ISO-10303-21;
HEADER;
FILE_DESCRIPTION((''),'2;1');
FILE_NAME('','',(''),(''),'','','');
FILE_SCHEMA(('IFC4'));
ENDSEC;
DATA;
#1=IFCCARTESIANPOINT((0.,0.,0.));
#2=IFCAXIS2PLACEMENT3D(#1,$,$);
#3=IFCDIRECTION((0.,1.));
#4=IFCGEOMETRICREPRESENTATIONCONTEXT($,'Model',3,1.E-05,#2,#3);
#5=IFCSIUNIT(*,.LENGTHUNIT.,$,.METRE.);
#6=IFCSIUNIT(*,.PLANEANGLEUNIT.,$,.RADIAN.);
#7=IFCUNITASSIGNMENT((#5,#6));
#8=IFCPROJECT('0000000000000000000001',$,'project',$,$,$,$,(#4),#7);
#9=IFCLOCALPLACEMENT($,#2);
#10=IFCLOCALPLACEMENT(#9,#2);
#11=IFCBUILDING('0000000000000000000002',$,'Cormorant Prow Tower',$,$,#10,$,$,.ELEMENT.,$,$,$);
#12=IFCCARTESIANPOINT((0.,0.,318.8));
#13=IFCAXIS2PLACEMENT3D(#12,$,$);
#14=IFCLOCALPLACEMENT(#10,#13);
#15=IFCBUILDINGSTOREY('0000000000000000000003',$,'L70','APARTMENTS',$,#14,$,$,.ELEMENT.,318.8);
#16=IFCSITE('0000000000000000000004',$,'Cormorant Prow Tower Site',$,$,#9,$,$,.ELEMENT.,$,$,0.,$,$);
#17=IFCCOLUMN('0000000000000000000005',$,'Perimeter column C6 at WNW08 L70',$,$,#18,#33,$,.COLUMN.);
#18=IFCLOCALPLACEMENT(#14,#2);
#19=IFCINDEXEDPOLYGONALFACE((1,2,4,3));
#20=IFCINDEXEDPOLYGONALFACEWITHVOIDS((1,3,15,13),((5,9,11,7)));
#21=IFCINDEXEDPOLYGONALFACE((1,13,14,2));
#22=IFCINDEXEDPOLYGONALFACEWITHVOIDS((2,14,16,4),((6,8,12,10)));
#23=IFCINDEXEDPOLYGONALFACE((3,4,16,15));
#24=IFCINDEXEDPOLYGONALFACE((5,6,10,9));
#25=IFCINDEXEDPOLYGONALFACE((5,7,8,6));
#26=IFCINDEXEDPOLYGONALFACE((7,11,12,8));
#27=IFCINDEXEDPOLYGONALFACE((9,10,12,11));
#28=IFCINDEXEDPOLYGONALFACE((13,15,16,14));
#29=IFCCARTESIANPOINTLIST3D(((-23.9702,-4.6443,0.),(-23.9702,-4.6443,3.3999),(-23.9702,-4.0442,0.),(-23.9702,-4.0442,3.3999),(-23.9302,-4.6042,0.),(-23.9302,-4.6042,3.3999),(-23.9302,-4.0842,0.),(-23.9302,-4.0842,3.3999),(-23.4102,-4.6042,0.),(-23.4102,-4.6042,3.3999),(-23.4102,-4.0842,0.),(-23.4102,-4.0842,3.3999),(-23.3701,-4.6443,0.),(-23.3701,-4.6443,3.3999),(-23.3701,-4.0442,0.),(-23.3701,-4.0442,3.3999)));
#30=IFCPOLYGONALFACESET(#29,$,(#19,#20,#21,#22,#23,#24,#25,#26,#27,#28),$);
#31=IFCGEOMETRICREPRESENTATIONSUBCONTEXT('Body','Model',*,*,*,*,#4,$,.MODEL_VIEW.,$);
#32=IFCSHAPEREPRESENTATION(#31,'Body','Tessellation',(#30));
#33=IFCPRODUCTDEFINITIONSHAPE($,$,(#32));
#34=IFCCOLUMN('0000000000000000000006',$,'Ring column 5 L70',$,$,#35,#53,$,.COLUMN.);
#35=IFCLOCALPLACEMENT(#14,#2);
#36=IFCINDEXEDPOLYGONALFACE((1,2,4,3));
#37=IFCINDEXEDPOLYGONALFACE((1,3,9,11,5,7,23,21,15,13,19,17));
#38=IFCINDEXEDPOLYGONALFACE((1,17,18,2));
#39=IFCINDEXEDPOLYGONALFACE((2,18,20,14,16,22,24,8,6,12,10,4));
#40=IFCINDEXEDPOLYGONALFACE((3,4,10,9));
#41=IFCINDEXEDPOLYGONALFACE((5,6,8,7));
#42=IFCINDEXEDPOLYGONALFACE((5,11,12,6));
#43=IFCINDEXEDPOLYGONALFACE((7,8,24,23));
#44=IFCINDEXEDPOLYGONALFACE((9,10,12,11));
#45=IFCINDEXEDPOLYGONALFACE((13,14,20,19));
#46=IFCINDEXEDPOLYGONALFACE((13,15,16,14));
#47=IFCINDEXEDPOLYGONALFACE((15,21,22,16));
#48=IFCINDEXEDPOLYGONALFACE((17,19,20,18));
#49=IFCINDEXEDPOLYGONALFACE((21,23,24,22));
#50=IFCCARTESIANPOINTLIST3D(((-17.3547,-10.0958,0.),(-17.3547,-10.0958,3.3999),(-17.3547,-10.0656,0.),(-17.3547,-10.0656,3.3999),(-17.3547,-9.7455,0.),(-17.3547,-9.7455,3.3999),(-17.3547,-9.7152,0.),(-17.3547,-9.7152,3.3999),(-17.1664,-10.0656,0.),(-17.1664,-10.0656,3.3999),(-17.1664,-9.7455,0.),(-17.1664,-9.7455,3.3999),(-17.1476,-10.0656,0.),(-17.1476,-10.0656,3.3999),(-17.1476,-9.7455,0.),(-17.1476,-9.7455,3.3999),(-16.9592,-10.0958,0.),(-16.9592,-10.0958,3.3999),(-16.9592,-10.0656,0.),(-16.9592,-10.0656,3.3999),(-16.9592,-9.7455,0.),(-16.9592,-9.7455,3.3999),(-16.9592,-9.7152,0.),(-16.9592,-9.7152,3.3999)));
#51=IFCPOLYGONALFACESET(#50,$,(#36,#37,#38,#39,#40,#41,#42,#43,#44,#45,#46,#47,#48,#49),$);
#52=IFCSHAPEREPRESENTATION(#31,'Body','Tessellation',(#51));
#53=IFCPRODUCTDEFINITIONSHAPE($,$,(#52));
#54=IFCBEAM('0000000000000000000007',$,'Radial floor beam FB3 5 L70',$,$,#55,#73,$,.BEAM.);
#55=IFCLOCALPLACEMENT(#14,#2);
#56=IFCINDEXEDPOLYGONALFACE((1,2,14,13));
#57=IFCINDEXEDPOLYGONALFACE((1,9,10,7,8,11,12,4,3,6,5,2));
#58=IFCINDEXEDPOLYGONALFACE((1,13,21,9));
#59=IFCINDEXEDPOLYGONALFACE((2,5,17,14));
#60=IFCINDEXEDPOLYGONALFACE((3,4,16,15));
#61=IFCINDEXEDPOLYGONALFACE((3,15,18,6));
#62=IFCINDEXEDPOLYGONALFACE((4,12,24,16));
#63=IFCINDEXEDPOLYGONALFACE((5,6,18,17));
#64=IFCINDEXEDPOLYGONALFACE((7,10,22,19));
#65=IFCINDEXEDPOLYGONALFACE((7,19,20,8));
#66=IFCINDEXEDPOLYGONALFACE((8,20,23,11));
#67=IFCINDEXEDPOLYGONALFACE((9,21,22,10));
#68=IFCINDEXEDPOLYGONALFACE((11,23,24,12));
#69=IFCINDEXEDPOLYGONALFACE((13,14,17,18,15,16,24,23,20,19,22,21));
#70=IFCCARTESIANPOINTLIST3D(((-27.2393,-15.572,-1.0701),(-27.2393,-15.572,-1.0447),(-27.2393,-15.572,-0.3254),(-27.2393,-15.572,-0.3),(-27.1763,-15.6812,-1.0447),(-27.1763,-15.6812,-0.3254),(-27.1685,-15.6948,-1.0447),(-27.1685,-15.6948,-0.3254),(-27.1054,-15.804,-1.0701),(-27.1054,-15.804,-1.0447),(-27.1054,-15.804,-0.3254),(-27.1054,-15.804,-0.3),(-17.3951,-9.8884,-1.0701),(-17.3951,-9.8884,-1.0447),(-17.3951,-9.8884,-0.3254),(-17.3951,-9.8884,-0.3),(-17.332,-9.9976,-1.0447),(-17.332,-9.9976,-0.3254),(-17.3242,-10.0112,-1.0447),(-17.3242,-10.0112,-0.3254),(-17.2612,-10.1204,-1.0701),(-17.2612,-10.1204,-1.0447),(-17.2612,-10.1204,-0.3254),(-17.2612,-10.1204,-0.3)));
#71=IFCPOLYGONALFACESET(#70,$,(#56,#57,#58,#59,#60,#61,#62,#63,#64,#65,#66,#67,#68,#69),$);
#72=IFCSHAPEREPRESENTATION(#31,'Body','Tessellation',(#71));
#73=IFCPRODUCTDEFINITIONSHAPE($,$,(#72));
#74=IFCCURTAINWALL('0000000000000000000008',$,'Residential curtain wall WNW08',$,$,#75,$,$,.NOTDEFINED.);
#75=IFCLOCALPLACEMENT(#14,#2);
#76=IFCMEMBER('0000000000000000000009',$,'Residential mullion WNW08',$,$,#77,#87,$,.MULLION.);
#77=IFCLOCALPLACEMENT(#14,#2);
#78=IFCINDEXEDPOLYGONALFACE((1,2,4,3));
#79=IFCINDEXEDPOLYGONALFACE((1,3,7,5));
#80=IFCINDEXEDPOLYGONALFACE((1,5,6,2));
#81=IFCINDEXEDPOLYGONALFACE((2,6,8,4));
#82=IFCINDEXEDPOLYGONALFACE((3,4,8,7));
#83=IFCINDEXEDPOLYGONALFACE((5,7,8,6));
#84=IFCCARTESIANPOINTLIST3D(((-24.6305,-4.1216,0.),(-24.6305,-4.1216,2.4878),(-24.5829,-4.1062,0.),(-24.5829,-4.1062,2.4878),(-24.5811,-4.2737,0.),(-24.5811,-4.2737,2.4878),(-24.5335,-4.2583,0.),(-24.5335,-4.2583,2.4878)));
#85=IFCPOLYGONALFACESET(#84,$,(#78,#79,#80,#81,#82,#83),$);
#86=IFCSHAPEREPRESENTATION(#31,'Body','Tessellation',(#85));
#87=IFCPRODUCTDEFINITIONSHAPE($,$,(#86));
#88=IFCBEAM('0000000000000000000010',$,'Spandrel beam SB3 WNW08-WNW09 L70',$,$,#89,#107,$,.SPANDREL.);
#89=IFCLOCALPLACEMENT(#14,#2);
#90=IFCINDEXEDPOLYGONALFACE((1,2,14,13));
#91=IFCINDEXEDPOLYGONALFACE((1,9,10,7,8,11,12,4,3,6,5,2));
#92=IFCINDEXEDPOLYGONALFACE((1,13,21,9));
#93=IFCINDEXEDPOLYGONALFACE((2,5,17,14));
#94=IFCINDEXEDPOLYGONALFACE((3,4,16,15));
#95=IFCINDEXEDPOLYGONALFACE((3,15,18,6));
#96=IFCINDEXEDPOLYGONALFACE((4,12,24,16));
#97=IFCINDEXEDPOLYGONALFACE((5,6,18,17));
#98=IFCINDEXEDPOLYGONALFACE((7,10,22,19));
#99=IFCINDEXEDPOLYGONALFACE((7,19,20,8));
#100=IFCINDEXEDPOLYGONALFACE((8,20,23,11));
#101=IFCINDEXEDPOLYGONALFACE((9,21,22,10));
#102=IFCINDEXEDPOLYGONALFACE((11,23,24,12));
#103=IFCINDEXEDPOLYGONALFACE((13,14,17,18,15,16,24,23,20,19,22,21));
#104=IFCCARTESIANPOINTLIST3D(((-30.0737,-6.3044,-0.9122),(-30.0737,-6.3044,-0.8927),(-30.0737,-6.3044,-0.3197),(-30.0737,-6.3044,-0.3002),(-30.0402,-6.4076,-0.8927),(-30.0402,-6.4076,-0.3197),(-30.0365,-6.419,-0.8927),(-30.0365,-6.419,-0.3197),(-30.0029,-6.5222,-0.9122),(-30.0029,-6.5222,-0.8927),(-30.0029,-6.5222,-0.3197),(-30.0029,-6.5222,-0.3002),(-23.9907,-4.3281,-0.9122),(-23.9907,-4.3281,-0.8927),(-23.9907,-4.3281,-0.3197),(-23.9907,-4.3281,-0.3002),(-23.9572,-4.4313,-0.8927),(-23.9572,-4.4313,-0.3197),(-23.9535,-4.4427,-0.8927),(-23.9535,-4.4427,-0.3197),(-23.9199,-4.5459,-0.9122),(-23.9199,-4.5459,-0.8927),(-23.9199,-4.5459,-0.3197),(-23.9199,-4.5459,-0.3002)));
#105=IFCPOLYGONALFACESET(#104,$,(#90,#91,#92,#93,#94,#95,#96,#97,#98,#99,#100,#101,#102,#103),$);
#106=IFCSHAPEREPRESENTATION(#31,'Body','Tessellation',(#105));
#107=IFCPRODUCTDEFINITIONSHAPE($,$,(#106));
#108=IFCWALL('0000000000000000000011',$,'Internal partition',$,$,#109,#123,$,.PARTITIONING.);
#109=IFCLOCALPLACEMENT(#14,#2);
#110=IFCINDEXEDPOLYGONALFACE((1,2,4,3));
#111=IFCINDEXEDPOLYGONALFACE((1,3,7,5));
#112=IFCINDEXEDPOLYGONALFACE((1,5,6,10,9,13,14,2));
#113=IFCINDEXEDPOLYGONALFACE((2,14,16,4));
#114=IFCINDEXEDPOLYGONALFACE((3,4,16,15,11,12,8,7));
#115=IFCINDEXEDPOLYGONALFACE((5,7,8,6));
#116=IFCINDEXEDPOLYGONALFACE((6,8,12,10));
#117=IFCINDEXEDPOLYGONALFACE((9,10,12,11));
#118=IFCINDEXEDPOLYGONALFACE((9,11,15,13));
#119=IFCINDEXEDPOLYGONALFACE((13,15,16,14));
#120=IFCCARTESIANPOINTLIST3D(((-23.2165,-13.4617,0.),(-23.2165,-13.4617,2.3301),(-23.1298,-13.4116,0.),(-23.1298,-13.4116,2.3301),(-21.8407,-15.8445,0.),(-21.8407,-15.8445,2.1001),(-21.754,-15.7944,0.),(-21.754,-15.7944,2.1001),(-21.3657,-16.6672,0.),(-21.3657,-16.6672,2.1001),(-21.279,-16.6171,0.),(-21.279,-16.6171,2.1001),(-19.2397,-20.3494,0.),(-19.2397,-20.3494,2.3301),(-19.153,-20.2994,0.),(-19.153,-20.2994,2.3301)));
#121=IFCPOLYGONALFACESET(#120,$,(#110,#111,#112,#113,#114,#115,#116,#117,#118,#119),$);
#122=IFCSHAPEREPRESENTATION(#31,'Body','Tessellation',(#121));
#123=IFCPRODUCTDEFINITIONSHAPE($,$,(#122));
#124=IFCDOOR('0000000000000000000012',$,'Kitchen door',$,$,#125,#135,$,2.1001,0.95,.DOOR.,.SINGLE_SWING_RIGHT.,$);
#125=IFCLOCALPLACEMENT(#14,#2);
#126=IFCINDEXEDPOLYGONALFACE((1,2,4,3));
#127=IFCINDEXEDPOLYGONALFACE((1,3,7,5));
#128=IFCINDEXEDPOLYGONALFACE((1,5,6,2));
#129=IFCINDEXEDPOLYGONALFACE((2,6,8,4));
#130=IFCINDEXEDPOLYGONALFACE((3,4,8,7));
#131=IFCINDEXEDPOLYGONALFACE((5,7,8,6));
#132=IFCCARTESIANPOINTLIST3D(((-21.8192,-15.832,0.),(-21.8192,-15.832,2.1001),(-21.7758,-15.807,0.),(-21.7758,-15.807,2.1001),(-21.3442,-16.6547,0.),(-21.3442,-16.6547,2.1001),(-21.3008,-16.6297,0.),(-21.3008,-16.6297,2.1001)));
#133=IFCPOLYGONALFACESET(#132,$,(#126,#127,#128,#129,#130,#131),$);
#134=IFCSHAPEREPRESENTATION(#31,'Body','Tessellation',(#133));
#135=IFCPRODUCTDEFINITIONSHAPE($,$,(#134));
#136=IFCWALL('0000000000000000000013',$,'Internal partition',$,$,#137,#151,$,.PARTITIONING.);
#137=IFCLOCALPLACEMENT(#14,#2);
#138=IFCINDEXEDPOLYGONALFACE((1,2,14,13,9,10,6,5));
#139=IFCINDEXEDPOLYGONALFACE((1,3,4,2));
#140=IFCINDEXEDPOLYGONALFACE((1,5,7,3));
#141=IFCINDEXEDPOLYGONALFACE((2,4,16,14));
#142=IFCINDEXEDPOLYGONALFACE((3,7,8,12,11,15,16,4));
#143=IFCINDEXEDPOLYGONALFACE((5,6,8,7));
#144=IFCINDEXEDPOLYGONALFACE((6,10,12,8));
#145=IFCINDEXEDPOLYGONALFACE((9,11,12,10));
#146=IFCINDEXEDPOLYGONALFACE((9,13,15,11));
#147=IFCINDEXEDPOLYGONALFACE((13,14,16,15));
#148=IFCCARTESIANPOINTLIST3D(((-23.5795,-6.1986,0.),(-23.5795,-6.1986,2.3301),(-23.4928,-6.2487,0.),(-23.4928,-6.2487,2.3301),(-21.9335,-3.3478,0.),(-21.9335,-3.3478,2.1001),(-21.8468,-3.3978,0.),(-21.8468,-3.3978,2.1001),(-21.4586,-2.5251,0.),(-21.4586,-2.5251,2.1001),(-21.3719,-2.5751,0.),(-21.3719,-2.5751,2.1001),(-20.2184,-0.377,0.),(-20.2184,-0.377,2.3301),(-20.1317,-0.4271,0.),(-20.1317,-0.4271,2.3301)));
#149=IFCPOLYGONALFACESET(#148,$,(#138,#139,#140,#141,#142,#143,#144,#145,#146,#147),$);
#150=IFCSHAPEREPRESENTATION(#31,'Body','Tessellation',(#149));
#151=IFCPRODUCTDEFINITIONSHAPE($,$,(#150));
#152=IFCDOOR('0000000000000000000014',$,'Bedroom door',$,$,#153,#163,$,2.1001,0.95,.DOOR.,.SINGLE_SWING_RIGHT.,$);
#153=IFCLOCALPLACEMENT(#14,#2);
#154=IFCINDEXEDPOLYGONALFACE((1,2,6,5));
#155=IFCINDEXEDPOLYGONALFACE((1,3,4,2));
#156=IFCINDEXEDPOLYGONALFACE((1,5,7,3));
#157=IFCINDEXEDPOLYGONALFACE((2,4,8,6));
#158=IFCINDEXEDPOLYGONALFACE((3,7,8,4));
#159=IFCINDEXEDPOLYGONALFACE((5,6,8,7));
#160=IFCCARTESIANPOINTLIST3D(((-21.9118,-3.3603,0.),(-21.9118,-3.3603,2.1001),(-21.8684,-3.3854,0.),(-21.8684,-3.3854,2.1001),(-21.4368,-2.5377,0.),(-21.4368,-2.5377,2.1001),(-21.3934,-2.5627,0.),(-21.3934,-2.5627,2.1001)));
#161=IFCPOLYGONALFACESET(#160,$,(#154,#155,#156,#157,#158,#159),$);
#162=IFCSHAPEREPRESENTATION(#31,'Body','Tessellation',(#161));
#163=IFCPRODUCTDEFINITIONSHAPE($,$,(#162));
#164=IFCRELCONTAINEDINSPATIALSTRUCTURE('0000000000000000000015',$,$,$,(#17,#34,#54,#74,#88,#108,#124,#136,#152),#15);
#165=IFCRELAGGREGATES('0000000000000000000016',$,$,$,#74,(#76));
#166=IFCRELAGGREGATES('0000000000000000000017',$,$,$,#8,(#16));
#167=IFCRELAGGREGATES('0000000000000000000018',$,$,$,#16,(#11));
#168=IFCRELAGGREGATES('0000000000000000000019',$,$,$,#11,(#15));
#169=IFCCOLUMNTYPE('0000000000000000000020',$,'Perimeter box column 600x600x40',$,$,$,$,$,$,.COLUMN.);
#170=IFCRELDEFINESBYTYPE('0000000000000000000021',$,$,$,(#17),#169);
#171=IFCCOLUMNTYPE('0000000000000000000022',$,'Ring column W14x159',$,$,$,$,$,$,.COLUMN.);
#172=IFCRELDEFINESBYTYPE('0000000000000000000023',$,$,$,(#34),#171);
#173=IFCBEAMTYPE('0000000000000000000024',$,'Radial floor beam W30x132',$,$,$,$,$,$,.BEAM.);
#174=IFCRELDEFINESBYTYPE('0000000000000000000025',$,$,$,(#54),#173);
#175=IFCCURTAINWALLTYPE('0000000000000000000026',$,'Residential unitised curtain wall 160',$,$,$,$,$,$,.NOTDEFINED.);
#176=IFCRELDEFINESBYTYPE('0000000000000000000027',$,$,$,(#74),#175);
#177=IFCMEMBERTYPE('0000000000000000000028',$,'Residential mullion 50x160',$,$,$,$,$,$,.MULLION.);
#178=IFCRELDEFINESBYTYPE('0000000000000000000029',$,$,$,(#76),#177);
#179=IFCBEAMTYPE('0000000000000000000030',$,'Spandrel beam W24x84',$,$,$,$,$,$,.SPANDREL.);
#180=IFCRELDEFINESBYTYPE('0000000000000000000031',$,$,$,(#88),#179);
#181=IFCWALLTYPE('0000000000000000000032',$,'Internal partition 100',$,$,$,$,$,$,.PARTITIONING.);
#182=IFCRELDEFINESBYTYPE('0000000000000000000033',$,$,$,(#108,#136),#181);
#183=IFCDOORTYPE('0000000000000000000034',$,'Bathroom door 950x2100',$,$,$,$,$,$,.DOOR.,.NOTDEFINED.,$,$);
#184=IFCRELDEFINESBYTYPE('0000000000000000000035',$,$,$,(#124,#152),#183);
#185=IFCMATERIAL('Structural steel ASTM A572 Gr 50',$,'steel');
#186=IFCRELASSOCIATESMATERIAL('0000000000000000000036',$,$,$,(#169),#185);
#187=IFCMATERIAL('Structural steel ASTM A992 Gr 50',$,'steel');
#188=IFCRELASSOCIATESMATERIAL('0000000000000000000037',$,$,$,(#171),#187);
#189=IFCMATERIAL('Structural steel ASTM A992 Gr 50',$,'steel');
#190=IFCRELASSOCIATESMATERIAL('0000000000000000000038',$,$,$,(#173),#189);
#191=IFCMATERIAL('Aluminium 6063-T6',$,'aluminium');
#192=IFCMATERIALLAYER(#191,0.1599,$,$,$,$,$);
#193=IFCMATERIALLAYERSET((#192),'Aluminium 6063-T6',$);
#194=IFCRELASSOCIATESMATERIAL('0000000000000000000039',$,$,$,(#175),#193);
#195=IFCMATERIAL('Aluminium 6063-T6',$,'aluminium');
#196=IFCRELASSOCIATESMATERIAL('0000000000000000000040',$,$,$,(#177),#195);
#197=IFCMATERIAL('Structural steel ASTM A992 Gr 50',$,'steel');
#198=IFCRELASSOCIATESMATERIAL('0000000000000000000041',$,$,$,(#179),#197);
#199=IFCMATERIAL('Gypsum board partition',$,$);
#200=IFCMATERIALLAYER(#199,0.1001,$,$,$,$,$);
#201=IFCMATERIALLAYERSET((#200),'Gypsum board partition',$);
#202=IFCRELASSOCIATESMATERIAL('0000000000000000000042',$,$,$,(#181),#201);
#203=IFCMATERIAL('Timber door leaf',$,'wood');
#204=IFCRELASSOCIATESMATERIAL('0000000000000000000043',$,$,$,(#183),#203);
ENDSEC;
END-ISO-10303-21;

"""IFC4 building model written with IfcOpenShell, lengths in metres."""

from ifc_helpers import new_model, si_unit, direction, frame, frame_2d, origin, origin_2d, place, context, subcontext, project, spatial, rectangle, hollow_rectangle, i_section, extrude, material, layer, layer_set, material_profile, profile_set, type_object, element, fill, aggregate, save


model = new_model("IFC4")

# Units and contexts
model_context = context("Model", 3, precision=1e-05, world=origin(), true_north=direction((0.0, 1.0)))
body_context = subcontext(model_context, "Body", "Model", "MODEL_VIEW")
ifc_project = project(units=[si_unit("LENGTHUNIT", "METRE"), si_unit("PLANEANGLEUNIT", "RADIAN")], contexts=[model_context])

# Site, building, storey
site_placement = place(None, origin())
site = spatial("IfcSite", under=ifc_project, at=site_placement, Name="Cormorant Prow Tower Site", CompositionType="ELEMENT", RefElevation=0.0)
building_placement = place(site_placement, origin())
building = spatial("IfcBuilding", under=site, at=building_placement, Name="Cormorant Prow Tower", CompositionType="ELEMENT")
storey_placement = place(building_placement, frame((0.0, 0.0, 318.8)))
storey = spatial("IfcBuildingStorey", under=building, at=storey_placement, Name="L70", Description="APARTMENTS", CompositionType="ELEMENT", Elevation=318.8)

# Columns
ifc_material_1 = material(Name="Structural steel ASTM A572 Gr 50", Category="steel")
ifc_material_profile_1 = material_profile(ifc_material_1, hollow_rectangle(XDim=0.6001, YDim=0.6001, WallThickness=0.04, at=origin_2d()), Name="Box 600x600x40")
ifc_profile_set_1 = profile_set([ifc_material_profile_1], Name="Structural steel ASTM A572 Gr 50")
column_type_1 = type_object("IfcColumnType", Name="Perimeter box column 600x600x40", PredefinedType="COLUMN", material=ifc_profile_set_1)
column_1_placement = place(storey_placement, frame((-23.6702, -4.3442, 0.0), z_axis=(0.0, 0.0, 1.0), x_axis=(1.0, 0.0, 0.0)))
element("IfcColumn", 1, at=column_1_placement, inside=storey, type_object=column_type_1, Name="Perimeter column C6 at WNW08 L70", PredefinedType="COLUMN", context=body_context, shape_type="SweptSolid", body=[
    extrude(hollow_rectangle(XDim=0.6001, YDim=0.6001, WallThickness=0.04, at=origin_2d()), origin(), (0.0, 0.0, 1.0), 3.3999),
])
ifc_material_2 = material(Name="Structural steel ASTM A992 Gr 50", Category="steel")
ifc_material_profile_2 = material_profile(ifc_material_2, i_section(OverallWidth=0.3955, OverallDepth=0.3806, WebThickness=0.0188, FlangeThickness=0.0303, at=origin_2d()), Name="W14x159")
ifc_profile_set_2 = profile_set([ifc_material_profile_2], Name="Structural steel ASTM A992 Gr 50")
column_type_2 = type_object("IfcColumnType", Name="Ring column W14x159", PredefinedType="COLUMN", material=ifc_profile_set_2)
column_2_placement = place(storey_placement, frame((-17.157, -9.9055, 0.0), z_axis=(0.0, 0.0, 1.0), x_axis=(1.0, 0.0, 0.0)))
element("IfcColumn", 2, at=column_2_placement, inside=storey, type_object=column_type_2, Name="Ring column 5 L70", PredefinedType="COLUMN", context=body_context, shape_type="SweptSolid", body=[
    extrude(i_section(OverallWidth=0.3955, OverallDepth=0.3806, WebThickness=0.0188, FlangeThickness=0.0303, at=origin_2d()), origin(), (0.0, 0.0, 1.0), 3.3999),
])

# Beam
ifc_material_3 = material(Name="Structural steel ASTM A992 Gr 50", Category="steel")
ifc_material_profile_3 = material_profile(ifc_material_3, i_section(OverallWidth=0.2678, OverallDepth=0.77, WebThickness=0.0156, FlangeThickness=0.0254, at=origin_2d()), Name="W30x132")
ifc_profile_set_3 = profile_set([ifc_material_profile_3], Name="Structural steel ASTM A992 Gr 50")
beam_type_1 = type_object("IfcBeamType", Name="Radial floor beam W30x132", PredefinedType="BEAM", material=ifc_profile_set_3)
beam_1_placement = place(storey_placement, frame((-17.3281, -10.0044, -0.6851), z_axis=(-0.866025, -0.500001, 0.0), x_axis=(0.500001, -0.866025, 0.0)))
element("IfcBeam", 3, at=beam_1_placement, inside=storey, type_object=beam_type_1, Name="Radial floor beam FB3 5 L70", PredefinedType="BEAM", context=body_context, shape_type="SweptSolid", body=[
    extrude(i_section(OverallWidth=0.2678, OverallDepth=0.77, WebThickness=0.0156, FlangeThickness=0.0254, at=origin_2d()), origin(), (0.0, 0.0, 1.0), 11.3672),
])

# Curtain wall, member
ifc_material_4 = material(Name="Aluminium 6063-T6", Category="aluminium")
ifc_layer_1 = layer(ifc_material_4, 0.1599)
ifc_layer_set_1 = layer_set([ifc_layer_1], Name="Aluminium 6063-T6")
curtain_wall_type = type_object("IfcCurtainWallType", Name="Residential unitised curtain wall 160", PredefinedType="NOTDEFINED", material=ifc_layer_set_1)
curtain_wall_placement = place(storey_placement, origin())
curtain_wall = element("IfcCurtainWall", 4, at=curtain_wall_placement, inside=storey, type_object=curtain_wall_type, Name="Residential curtain wall WNW08", PredefinedType="NOTDEFINED")
ifc_material_5 = material(Name="Aluminium 6063-T6", Category="aluminium")
ifc_material_profile_4 = material_profile(ifc_material_5, rectangle(XDim=0.1599, YDim=0.05, at=origin_2d()), Name="Residential mullion 50x160")
ifc_profile_set_4 = profile_set([ifc_material_profile_4], Name="Aluminium 6063-T6")
member_type = type_object("IfcMemberType", Name="Residential mullion 50x160", PredefinedType="MULLION", material=ifc_profile_set_4)
member_placement = place(storey_placement, frame((-24.582, -4.1899, 0.0), z_axis=(0.0, 0.0, 1.0), x_axis=(0.309017, -0.951057, 0.0)))
member = element("IfcMember", 5, at=member_placement, type_object=member_type, Name="Residential mullion WNW08", PredefinedType="MULLION", context=body_context, shape_type="SweptSolid", body=[
    extrude(rectangle(XDim=0.1599, YDim=0.05, at=origin_2d()), origin(), (0.0, 0.0, 1.0), 2.4878),
])
aggregate(curtain_wall, [member])

# Beam
ifc_material_6 = material(Name="Structural steel ASTM A992 Gr 50", Category="steel")
ifc_material_profile_5 = material_profile(ifc_material_6, i_section(OverallWidth=0.229, OverallDepth=0.6121, WebThickness=0.012, FlangeThickness=0.0195, at=origin_2d()), Name="W24x84")
ifc_profile_set_5 = profile_set([ifc_material_profile_5], Name="Structural steel ASTM A992 Gr 50")
beam_type_2 = type_object("IfcBeamType", Name="Spandrel beam W24x84", PredefinedType="SPANDREL", material=ifc_profile_set_5)
beam_2_placement = place(storey_placement, frame((-23.9553, -4.437, -0.6062), z_axis=(-0.951064, -0.308993, 0.0), x_axis=(0.308993, -0.951064, 0.0)))
element("IfcBeam", 6, at=beam_2_placement, inside=storey, type_object=beam_type_2, Name="Spandrel beam SB3 WNW08-WNW09 L70", PredefinedType="SPANDREL", context=body_context, shape_type="SweptSolid", body=[
    extrude(i_section(OverallWidth=0.229, OverallDepth=0.6121, WebThickness=0.012, FlangeThickness=0.0195, at=origin_2d()), origin(), (0.0, 0.0, 1.0), 6.396),
])

# Walls, openings, doors
ifc_material_7 = material(Name="Gypsum board partition")
ifc_layer_2 = layer(ifc_material_7, 0.1001)
ifc_layer_set_2 = layer_set([ifc_layer_2], Name="Gypsum board partition")
wall_type = type_object("IfcWallType", Name="Internal partition 100", PredefinedType="PARTITIONING", material=ifc_layer_set_2)
wall_1_placement = place(storey_placement, frame((-23.1731, -13.4368, 0.0), z_axis=(0.0, 0.0, 1.0), x_axis=(0.500018, -0.866015, 0.0)))
wall_1 = element("IfcWall", 7, at=wall_1_placement, inside=storey, type_object=wall_type, Name="Internal partition", PredefinedType="PARTITIONING", context=body_context, shape_type="SweptSolid", body=[
    extrude(rectangle(XDim=7.9534, YDim=0.1001, at=frame_2d((3.9766, 0.0))), origin(), (0.0, 0.0, 1.0), 2.3301),
])
opening_1_placement = place(wall_1_placement, frame((2.7512, 0.0, 0.0)))
opening_1 = element("IfcOpeningElement", 8, at=opening_1_placement, cuts=wall_1, PredefinedType="OPENING", context=body_context, shape_type="SweptSolid", body=[
    extrude(rectangle(XDim=0.95, YDim=2.1001, at=frame_2d((0.4751, 1.05))), frame((0.0, 0.0601, 0.0), z_axis=(0.0, -1.0, 0.0), x_axis=(1.0, 0.0, 0.0)), (0.0, 0.0, 1.0), 0.1201),
])
ifc_material_8 = material(Name="Timber door leaf", Category="wood")
door_type = type_object("IfcDoorType", Name="Bathroom door 950x2100", OperationType="NOTDEFINED", PredefinedType="DOOR", material=ifc_material_8)
door_1_placement = place(opening_1_placement, origin())
door_1 = element("IfcDoor", 9, at=door_1_placement, inside=storey, type_object=door_type, Name="Kitchen door", OperationType="SINGLE_SWING_RIGHT", OverallHeight=2.1001, OverallWidth=0.95, PredefinedType="DOOR", context=body_context, shape_type="SweptSolid", body=[
    extrude(rectangle(XDim=0.95, YDim=2.1001, at=frame_2d((0.4751, 1.05))), frame((0.0, 0.0249, 0.0), z_axis=(0.0, -1.0, 0.0), x_axis=(1.0, 0.0, 0.0)), (0.0, 0.0, 1.0), 0.05),
])
fill(opening_1, door_1)
wall_2_placement = place(storey_placement, frame((-23.5361, -6.2236, 0.0), z_axis=(0.0, 0.0, 1.0), x_axis=(0.500002, 0.866024, 0.0)))
wall_2 = element("IfcWall", 10, at=wall_2_placement, inside=storey, type_object=wall_type, Name="Internal partition", PredefinedType="PARTITIONING", context=body_context, shape_type="SweptSolid", body=[
    extrude(rectangle(XDim=6.7222, YDim=0.1001, at=frame_2d((3.3611, 0.0))), origin(), (0.0, 0.0, 1.0), 2.3301),
])
opening_2_placement = place(wall_2_placement, frame((3.2917, 0.0, 0.0)))
opening_2 = element("IfcOpeningElement", 11, at=opening_2_placement, cuts=wall_2, PredefinedType="OPENING", context=body_context, shape_type="SweptSolid", body=[
    extrude(rectangle(XDim=0.95, YDim=2.1001, at=frame_2d((0.4751, 1.05))), frame((0.0, 0.0601, 0.0), z_axis=(0.0, -1.0, 0.0), x_axis=(1.0, 0.0, 0.0)), (0.0, 0.0, 1.0), 0.1201),
])
door_2_placement = place(opening_2_placement, origin())
door_2 = element("IfcDoor", 12, at=door_2_placement, inside=storey, type_object=door_type, Name="Bedroom door", OperationType="SINGLE_SWING_RIGHT", OverallHeight=2.1001, OverallWidth=0.95, PredefinedType="DOOR", context=body_context, shape_type="SweptSolid", body=[
    extrude(rectangle(XDim=0.95, YDim=2.1001, at=frame_2d((0.4751, 1.05))), frame((0.0, 0.0249, 0.0), z_axis=(0.0, -1.0, 0.0), x_axis=(1.0, 0.0, 0.0)), (0.0, 0.0, 1.0), 0.05),
])
fill(opening_2, door_2)

save(model, "model.ifc")
